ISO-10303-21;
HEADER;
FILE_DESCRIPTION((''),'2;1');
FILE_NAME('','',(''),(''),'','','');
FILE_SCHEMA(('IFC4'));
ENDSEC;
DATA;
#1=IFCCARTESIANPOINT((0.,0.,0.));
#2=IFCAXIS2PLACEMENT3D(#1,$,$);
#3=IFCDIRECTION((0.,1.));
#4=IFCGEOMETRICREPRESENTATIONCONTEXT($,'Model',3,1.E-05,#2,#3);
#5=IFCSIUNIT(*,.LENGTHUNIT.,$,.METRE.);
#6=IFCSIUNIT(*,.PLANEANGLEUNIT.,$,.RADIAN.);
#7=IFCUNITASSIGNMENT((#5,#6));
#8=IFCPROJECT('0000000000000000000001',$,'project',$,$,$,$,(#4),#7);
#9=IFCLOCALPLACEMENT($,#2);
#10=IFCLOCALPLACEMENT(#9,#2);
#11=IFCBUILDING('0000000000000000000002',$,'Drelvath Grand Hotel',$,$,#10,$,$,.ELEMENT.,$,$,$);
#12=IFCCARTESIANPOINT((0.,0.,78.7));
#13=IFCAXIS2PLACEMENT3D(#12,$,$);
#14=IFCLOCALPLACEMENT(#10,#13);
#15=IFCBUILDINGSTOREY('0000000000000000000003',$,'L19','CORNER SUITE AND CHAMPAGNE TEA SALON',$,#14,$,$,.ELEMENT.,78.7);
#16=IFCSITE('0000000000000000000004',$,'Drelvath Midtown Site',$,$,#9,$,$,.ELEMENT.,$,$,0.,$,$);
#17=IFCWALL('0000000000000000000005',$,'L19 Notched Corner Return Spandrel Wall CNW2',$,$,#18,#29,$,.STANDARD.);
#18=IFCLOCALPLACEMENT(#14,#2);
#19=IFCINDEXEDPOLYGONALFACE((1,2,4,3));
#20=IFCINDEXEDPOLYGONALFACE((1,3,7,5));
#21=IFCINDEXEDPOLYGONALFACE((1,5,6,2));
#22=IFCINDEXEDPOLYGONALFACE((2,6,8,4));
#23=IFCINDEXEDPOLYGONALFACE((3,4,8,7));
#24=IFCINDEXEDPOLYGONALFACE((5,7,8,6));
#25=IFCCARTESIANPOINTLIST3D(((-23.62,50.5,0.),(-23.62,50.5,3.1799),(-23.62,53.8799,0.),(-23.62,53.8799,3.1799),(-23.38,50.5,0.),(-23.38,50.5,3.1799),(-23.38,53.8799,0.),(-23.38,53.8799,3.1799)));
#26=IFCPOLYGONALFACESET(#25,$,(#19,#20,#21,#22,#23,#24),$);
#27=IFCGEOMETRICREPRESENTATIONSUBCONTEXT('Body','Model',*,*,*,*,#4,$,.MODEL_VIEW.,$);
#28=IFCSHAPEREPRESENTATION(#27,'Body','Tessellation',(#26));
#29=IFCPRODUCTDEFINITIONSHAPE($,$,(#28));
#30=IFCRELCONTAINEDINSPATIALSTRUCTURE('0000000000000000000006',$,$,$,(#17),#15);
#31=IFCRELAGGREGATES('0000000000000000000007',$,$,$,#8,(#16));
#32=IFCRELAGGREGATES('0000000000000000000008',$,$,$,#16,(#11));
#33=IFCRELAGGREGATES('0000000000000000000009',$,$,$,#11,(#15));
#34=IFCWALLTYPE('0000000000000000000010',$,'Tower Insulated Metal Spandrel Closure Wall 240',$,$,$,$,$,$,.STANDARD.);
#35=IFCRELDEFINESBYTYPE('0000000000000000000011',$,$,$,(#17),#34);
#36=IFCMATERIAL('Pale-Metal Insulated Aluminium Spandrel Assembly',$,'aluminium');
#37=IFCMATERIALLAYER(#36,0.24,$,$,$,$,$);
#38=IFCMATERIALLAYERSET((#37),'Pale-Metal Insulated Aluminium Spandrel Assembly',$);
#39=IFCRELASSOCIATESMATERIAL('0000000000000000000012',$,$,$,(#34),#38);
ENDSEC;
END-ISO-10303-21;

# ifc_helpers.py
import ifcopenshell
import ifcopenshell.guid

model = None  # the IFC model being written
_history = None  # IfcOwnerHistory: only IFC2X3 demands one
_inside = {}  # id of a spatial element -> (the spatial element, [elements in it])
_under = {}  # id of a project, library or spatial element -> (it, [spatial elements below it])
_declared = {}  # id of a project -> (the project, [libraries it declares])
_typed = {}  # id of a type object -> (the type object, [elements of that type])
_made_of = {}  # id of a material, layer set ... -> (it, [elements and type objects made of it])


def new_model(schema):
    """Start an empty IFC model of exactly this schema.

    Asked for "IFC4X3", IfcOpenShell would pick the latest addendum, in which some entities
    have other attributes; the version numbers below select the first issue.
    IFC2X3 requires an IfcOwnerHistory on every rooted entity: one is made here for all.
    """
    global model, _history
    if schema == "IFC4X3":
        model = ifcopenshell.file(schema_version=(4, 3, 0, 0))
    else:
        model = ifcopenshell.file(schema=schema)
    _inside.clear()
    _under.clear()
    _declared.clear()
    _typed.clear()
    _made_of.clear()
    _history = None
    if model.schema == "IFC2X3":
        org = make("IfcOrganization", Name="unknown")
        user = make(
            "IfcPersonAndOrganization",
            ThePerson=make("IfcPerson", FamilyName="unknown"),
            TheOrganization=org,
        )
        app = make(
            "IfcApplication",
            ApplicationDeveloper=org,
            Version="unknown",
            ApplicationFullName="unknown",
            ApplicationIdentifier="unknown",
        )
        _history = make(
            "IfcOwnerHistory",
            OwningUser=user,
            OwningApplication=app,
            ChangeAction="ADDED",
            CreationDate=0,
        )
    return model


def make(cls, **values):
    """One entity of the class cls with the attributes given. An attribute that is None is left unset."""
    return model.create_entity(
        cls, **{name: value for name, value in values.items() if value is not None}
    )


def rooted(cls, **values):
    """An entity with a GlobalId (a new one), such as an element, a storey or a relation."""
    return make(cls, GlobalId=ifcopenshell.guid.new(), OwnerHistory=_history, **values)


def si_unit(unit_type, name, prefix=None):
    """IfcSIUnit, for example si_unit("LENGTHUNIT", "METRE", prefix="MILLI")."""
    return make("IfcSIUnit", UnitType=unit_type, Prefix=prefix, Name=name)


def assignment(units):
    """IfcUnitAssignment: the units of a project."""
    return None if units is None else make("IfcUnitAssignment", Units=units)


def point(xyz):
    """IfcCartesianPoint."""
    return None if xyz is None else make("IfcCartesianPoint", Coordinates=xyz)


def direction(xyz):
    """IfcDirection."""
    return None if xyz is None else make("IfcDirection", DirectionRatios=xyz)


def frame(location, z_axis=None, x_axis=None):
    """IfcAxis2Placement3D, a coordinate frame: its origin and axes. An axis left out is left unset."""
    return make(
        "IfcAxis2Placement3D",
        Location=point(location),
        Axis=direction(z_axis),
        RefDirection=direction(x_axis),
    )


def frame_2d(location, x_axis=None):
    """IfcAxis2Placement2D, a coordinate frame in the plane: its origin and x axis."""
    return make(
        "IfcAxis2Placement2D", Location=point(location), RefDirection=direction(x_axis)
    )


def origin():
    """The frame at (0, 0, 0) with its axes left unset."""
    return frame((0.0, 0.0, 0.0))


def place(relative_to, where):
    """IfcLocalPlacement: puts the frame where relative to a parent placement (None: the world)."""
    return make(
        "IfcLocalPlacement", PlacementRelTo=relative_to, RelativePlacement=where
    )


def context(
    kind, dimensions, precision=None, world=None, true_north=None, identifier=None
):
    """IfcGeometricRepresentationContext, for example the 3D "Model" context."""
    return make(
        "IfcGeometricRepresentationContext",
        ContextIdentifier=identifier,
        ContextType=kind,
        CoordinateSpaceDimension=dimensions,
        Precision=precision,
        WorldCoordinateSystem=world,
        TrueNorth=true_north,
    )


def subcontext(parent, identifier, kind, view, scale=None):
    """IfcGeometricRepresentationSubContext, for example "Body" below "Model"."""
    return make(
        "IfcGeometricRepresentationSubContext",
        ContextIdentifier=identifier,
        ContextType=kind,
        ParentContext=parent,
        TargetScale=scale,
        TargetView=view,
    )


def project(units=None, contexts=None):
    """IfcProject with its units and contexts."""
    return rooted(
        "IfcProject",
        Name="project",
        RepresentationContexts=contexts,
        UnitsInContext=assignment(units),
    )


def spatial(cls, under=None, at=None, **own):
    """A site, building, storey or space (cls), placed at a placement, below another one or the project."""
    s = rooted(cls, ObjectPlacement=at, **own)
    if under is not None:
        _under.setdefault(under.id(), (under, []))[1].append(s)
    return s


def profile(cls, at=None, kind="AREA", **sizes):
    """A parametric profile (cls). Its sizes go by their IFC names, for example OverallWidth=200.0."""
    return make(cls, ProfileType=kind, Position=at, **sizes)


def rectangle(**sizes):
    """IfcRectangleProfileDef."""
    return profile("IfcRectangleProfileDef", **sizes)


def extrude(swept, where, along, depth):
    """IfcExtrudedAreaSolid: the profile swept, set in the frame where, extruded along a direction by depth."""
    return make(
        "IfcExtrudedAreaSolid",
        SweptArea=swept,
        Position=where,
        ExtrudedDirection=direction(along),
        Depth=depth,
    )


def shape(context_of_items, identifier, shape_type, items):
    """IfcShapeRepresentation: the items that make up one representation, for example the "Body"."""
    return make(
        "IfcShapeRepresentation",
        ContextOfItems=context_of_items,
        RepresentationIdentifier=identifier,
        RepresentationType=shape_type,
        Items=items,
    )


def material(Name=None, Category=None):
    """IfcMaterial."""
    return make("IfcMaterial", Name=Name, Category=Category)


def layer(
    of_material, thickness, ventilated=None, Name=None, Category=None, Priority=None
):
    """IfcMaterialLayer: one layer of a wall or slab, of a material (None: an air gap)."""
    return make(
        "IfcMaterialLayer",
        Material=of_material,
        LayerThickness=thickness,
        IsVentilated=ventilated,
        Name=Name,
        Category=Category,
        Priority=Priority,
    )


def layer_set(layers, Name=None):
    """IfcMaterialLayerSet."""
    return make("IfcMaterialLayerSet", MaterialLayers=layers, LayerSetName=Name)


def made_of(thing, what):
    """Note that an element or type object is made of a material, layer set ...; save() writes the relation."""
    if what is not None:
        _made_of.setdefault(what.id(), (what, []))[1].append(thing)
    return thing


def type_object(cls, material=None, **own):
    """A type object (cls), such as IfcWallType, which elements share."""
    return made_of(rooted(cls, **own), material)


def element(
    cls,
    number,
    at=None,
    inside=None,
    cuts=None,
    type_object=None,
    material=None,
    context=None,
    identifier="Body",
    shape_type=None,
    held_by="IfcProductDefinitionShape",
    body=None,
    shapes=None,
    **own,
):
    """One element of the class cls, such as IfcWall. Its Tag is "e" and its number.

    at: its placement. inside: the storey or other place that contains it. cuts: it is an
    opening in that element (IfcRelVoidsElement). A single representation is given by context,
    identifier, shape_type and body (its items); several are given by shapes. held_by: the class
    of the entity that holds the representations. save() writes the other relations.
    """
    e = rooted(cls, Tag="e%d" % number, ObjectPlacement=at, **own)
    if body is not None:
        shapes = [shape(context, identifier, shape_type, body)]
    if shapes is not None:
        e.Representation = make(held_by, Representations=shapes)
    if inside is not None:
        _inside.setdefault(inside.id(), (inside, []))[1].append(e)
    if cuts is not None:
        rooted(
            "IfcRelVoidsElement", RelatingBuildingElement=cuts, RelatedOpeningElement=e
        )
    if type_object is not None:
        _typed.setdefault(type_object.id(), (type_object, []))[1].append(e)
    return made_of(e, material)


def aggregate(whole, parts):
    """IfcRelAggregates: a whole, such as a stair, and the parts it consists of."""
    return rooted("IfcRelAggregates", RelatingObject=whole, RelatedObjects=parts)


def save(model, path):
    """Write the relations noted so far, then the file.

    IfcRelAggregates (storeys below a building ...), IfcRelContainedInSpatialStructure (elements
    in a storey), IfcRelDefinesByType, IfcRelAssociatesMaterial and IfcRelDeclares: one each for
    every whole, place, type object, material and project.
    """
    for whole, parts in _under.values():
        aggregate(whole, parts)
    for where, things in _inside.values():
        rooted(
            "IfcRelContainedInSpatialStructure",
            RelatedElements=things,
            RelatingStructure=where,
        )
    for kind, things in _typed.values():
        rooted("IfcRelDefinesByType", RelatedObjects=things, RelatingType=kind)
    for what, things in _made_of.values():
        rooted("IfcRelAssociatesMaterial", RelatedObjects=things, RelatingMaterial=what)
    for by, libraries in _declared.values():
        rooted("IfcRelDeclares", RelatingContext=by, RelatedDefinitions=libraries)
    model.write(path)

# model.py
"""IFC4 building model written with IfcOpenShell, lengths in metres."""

from ifc_helpers import new_model, si_unit, direction, frame, frame_2d, origin, place, context, subcontext, project, spatial, rectangle, extrude, material, layer, layer_set, type_object, element, save


model = new_model("IFC4")

# Units and contexts
model_context = context("Model", 3, precision=1e-05, world=origin(), true_north=direction((0.0, 1.0)))
body_context = subcontext(model_context, "Body", "Model", "MODEL_VIEW")
ifc_project = project(units=[si_unit("LENGTHUNIT", "METRE"), si_unit("PLANEANGLEUNIT", "RADIAN")], contexts=[model_context])

# Site, building, storey
site_placement = place(None, origin())
site = spatial("IfcSite", under=ifc_project, at=site_placement, Name="Drelvath Midtown Site", CompositionType="ELEMENT", RefElevation=0.0)
building_placement = place(site_placement, origin())
building = spatial("IfcBuilding", under=site, at=building_placement, Name="Drelvath Grand Hotel", CompositionType="ELEMENT")
storey_placement = place(building_placement, frame((0.0, 0.0, 78.7)))
storey = spatial("IfcBuildingStorey", under=building, at=storey_placement, Name="L19", Description="CORNER SUITE AND CHAMPAGNE TEA SALON", CompositionType="ELEMENT", Elevation=78.7)

# Wall
ifc_material_1 = material(Name="Pale-Metal Insulated Aluminium Spandrel Assembly", Category="aluminium")
ifc_layer_1 = layer(ifc_material_1, 0.24)
ifc_layer_set_1 = layer_set([ifc_layer_1], Name="Pale-Metal Insulated Aluminium Spandrel Assembly")
wall_type_1 = type_object("IfcWallType", Name="Tower Insulated Metal Spandrel Closure Wall 240", PredefinedType="STANDARD", material=ifc_layer_set_1)
for number, where, z_axis, x_axis, name in (
    (1, (-23.5, 50.5, 0.0), (0.0, 0.0, 1.0), (0.0, 1.0, 0.0), "L19 Notched Corner Return Spandrel Wall CNW2"),
):
    element("IfcWall", number, at=place(storey_placement, frame(where, z_axis=z_axis, x_axis=x_axis)), inside=storey, type_object=wall_type_1, Name=name, PredefinedType="STANDARD", context=body_context, shape_type="SweptSolid", body=[
        extrude(rectangle(XDim=3.3799, YDim=0.24, at=frame_2d((1.6899, 0.0))), origin(), (0.0, 0.0, 1.0), 3.1799),
    ])

save(model, "model.ifc")
